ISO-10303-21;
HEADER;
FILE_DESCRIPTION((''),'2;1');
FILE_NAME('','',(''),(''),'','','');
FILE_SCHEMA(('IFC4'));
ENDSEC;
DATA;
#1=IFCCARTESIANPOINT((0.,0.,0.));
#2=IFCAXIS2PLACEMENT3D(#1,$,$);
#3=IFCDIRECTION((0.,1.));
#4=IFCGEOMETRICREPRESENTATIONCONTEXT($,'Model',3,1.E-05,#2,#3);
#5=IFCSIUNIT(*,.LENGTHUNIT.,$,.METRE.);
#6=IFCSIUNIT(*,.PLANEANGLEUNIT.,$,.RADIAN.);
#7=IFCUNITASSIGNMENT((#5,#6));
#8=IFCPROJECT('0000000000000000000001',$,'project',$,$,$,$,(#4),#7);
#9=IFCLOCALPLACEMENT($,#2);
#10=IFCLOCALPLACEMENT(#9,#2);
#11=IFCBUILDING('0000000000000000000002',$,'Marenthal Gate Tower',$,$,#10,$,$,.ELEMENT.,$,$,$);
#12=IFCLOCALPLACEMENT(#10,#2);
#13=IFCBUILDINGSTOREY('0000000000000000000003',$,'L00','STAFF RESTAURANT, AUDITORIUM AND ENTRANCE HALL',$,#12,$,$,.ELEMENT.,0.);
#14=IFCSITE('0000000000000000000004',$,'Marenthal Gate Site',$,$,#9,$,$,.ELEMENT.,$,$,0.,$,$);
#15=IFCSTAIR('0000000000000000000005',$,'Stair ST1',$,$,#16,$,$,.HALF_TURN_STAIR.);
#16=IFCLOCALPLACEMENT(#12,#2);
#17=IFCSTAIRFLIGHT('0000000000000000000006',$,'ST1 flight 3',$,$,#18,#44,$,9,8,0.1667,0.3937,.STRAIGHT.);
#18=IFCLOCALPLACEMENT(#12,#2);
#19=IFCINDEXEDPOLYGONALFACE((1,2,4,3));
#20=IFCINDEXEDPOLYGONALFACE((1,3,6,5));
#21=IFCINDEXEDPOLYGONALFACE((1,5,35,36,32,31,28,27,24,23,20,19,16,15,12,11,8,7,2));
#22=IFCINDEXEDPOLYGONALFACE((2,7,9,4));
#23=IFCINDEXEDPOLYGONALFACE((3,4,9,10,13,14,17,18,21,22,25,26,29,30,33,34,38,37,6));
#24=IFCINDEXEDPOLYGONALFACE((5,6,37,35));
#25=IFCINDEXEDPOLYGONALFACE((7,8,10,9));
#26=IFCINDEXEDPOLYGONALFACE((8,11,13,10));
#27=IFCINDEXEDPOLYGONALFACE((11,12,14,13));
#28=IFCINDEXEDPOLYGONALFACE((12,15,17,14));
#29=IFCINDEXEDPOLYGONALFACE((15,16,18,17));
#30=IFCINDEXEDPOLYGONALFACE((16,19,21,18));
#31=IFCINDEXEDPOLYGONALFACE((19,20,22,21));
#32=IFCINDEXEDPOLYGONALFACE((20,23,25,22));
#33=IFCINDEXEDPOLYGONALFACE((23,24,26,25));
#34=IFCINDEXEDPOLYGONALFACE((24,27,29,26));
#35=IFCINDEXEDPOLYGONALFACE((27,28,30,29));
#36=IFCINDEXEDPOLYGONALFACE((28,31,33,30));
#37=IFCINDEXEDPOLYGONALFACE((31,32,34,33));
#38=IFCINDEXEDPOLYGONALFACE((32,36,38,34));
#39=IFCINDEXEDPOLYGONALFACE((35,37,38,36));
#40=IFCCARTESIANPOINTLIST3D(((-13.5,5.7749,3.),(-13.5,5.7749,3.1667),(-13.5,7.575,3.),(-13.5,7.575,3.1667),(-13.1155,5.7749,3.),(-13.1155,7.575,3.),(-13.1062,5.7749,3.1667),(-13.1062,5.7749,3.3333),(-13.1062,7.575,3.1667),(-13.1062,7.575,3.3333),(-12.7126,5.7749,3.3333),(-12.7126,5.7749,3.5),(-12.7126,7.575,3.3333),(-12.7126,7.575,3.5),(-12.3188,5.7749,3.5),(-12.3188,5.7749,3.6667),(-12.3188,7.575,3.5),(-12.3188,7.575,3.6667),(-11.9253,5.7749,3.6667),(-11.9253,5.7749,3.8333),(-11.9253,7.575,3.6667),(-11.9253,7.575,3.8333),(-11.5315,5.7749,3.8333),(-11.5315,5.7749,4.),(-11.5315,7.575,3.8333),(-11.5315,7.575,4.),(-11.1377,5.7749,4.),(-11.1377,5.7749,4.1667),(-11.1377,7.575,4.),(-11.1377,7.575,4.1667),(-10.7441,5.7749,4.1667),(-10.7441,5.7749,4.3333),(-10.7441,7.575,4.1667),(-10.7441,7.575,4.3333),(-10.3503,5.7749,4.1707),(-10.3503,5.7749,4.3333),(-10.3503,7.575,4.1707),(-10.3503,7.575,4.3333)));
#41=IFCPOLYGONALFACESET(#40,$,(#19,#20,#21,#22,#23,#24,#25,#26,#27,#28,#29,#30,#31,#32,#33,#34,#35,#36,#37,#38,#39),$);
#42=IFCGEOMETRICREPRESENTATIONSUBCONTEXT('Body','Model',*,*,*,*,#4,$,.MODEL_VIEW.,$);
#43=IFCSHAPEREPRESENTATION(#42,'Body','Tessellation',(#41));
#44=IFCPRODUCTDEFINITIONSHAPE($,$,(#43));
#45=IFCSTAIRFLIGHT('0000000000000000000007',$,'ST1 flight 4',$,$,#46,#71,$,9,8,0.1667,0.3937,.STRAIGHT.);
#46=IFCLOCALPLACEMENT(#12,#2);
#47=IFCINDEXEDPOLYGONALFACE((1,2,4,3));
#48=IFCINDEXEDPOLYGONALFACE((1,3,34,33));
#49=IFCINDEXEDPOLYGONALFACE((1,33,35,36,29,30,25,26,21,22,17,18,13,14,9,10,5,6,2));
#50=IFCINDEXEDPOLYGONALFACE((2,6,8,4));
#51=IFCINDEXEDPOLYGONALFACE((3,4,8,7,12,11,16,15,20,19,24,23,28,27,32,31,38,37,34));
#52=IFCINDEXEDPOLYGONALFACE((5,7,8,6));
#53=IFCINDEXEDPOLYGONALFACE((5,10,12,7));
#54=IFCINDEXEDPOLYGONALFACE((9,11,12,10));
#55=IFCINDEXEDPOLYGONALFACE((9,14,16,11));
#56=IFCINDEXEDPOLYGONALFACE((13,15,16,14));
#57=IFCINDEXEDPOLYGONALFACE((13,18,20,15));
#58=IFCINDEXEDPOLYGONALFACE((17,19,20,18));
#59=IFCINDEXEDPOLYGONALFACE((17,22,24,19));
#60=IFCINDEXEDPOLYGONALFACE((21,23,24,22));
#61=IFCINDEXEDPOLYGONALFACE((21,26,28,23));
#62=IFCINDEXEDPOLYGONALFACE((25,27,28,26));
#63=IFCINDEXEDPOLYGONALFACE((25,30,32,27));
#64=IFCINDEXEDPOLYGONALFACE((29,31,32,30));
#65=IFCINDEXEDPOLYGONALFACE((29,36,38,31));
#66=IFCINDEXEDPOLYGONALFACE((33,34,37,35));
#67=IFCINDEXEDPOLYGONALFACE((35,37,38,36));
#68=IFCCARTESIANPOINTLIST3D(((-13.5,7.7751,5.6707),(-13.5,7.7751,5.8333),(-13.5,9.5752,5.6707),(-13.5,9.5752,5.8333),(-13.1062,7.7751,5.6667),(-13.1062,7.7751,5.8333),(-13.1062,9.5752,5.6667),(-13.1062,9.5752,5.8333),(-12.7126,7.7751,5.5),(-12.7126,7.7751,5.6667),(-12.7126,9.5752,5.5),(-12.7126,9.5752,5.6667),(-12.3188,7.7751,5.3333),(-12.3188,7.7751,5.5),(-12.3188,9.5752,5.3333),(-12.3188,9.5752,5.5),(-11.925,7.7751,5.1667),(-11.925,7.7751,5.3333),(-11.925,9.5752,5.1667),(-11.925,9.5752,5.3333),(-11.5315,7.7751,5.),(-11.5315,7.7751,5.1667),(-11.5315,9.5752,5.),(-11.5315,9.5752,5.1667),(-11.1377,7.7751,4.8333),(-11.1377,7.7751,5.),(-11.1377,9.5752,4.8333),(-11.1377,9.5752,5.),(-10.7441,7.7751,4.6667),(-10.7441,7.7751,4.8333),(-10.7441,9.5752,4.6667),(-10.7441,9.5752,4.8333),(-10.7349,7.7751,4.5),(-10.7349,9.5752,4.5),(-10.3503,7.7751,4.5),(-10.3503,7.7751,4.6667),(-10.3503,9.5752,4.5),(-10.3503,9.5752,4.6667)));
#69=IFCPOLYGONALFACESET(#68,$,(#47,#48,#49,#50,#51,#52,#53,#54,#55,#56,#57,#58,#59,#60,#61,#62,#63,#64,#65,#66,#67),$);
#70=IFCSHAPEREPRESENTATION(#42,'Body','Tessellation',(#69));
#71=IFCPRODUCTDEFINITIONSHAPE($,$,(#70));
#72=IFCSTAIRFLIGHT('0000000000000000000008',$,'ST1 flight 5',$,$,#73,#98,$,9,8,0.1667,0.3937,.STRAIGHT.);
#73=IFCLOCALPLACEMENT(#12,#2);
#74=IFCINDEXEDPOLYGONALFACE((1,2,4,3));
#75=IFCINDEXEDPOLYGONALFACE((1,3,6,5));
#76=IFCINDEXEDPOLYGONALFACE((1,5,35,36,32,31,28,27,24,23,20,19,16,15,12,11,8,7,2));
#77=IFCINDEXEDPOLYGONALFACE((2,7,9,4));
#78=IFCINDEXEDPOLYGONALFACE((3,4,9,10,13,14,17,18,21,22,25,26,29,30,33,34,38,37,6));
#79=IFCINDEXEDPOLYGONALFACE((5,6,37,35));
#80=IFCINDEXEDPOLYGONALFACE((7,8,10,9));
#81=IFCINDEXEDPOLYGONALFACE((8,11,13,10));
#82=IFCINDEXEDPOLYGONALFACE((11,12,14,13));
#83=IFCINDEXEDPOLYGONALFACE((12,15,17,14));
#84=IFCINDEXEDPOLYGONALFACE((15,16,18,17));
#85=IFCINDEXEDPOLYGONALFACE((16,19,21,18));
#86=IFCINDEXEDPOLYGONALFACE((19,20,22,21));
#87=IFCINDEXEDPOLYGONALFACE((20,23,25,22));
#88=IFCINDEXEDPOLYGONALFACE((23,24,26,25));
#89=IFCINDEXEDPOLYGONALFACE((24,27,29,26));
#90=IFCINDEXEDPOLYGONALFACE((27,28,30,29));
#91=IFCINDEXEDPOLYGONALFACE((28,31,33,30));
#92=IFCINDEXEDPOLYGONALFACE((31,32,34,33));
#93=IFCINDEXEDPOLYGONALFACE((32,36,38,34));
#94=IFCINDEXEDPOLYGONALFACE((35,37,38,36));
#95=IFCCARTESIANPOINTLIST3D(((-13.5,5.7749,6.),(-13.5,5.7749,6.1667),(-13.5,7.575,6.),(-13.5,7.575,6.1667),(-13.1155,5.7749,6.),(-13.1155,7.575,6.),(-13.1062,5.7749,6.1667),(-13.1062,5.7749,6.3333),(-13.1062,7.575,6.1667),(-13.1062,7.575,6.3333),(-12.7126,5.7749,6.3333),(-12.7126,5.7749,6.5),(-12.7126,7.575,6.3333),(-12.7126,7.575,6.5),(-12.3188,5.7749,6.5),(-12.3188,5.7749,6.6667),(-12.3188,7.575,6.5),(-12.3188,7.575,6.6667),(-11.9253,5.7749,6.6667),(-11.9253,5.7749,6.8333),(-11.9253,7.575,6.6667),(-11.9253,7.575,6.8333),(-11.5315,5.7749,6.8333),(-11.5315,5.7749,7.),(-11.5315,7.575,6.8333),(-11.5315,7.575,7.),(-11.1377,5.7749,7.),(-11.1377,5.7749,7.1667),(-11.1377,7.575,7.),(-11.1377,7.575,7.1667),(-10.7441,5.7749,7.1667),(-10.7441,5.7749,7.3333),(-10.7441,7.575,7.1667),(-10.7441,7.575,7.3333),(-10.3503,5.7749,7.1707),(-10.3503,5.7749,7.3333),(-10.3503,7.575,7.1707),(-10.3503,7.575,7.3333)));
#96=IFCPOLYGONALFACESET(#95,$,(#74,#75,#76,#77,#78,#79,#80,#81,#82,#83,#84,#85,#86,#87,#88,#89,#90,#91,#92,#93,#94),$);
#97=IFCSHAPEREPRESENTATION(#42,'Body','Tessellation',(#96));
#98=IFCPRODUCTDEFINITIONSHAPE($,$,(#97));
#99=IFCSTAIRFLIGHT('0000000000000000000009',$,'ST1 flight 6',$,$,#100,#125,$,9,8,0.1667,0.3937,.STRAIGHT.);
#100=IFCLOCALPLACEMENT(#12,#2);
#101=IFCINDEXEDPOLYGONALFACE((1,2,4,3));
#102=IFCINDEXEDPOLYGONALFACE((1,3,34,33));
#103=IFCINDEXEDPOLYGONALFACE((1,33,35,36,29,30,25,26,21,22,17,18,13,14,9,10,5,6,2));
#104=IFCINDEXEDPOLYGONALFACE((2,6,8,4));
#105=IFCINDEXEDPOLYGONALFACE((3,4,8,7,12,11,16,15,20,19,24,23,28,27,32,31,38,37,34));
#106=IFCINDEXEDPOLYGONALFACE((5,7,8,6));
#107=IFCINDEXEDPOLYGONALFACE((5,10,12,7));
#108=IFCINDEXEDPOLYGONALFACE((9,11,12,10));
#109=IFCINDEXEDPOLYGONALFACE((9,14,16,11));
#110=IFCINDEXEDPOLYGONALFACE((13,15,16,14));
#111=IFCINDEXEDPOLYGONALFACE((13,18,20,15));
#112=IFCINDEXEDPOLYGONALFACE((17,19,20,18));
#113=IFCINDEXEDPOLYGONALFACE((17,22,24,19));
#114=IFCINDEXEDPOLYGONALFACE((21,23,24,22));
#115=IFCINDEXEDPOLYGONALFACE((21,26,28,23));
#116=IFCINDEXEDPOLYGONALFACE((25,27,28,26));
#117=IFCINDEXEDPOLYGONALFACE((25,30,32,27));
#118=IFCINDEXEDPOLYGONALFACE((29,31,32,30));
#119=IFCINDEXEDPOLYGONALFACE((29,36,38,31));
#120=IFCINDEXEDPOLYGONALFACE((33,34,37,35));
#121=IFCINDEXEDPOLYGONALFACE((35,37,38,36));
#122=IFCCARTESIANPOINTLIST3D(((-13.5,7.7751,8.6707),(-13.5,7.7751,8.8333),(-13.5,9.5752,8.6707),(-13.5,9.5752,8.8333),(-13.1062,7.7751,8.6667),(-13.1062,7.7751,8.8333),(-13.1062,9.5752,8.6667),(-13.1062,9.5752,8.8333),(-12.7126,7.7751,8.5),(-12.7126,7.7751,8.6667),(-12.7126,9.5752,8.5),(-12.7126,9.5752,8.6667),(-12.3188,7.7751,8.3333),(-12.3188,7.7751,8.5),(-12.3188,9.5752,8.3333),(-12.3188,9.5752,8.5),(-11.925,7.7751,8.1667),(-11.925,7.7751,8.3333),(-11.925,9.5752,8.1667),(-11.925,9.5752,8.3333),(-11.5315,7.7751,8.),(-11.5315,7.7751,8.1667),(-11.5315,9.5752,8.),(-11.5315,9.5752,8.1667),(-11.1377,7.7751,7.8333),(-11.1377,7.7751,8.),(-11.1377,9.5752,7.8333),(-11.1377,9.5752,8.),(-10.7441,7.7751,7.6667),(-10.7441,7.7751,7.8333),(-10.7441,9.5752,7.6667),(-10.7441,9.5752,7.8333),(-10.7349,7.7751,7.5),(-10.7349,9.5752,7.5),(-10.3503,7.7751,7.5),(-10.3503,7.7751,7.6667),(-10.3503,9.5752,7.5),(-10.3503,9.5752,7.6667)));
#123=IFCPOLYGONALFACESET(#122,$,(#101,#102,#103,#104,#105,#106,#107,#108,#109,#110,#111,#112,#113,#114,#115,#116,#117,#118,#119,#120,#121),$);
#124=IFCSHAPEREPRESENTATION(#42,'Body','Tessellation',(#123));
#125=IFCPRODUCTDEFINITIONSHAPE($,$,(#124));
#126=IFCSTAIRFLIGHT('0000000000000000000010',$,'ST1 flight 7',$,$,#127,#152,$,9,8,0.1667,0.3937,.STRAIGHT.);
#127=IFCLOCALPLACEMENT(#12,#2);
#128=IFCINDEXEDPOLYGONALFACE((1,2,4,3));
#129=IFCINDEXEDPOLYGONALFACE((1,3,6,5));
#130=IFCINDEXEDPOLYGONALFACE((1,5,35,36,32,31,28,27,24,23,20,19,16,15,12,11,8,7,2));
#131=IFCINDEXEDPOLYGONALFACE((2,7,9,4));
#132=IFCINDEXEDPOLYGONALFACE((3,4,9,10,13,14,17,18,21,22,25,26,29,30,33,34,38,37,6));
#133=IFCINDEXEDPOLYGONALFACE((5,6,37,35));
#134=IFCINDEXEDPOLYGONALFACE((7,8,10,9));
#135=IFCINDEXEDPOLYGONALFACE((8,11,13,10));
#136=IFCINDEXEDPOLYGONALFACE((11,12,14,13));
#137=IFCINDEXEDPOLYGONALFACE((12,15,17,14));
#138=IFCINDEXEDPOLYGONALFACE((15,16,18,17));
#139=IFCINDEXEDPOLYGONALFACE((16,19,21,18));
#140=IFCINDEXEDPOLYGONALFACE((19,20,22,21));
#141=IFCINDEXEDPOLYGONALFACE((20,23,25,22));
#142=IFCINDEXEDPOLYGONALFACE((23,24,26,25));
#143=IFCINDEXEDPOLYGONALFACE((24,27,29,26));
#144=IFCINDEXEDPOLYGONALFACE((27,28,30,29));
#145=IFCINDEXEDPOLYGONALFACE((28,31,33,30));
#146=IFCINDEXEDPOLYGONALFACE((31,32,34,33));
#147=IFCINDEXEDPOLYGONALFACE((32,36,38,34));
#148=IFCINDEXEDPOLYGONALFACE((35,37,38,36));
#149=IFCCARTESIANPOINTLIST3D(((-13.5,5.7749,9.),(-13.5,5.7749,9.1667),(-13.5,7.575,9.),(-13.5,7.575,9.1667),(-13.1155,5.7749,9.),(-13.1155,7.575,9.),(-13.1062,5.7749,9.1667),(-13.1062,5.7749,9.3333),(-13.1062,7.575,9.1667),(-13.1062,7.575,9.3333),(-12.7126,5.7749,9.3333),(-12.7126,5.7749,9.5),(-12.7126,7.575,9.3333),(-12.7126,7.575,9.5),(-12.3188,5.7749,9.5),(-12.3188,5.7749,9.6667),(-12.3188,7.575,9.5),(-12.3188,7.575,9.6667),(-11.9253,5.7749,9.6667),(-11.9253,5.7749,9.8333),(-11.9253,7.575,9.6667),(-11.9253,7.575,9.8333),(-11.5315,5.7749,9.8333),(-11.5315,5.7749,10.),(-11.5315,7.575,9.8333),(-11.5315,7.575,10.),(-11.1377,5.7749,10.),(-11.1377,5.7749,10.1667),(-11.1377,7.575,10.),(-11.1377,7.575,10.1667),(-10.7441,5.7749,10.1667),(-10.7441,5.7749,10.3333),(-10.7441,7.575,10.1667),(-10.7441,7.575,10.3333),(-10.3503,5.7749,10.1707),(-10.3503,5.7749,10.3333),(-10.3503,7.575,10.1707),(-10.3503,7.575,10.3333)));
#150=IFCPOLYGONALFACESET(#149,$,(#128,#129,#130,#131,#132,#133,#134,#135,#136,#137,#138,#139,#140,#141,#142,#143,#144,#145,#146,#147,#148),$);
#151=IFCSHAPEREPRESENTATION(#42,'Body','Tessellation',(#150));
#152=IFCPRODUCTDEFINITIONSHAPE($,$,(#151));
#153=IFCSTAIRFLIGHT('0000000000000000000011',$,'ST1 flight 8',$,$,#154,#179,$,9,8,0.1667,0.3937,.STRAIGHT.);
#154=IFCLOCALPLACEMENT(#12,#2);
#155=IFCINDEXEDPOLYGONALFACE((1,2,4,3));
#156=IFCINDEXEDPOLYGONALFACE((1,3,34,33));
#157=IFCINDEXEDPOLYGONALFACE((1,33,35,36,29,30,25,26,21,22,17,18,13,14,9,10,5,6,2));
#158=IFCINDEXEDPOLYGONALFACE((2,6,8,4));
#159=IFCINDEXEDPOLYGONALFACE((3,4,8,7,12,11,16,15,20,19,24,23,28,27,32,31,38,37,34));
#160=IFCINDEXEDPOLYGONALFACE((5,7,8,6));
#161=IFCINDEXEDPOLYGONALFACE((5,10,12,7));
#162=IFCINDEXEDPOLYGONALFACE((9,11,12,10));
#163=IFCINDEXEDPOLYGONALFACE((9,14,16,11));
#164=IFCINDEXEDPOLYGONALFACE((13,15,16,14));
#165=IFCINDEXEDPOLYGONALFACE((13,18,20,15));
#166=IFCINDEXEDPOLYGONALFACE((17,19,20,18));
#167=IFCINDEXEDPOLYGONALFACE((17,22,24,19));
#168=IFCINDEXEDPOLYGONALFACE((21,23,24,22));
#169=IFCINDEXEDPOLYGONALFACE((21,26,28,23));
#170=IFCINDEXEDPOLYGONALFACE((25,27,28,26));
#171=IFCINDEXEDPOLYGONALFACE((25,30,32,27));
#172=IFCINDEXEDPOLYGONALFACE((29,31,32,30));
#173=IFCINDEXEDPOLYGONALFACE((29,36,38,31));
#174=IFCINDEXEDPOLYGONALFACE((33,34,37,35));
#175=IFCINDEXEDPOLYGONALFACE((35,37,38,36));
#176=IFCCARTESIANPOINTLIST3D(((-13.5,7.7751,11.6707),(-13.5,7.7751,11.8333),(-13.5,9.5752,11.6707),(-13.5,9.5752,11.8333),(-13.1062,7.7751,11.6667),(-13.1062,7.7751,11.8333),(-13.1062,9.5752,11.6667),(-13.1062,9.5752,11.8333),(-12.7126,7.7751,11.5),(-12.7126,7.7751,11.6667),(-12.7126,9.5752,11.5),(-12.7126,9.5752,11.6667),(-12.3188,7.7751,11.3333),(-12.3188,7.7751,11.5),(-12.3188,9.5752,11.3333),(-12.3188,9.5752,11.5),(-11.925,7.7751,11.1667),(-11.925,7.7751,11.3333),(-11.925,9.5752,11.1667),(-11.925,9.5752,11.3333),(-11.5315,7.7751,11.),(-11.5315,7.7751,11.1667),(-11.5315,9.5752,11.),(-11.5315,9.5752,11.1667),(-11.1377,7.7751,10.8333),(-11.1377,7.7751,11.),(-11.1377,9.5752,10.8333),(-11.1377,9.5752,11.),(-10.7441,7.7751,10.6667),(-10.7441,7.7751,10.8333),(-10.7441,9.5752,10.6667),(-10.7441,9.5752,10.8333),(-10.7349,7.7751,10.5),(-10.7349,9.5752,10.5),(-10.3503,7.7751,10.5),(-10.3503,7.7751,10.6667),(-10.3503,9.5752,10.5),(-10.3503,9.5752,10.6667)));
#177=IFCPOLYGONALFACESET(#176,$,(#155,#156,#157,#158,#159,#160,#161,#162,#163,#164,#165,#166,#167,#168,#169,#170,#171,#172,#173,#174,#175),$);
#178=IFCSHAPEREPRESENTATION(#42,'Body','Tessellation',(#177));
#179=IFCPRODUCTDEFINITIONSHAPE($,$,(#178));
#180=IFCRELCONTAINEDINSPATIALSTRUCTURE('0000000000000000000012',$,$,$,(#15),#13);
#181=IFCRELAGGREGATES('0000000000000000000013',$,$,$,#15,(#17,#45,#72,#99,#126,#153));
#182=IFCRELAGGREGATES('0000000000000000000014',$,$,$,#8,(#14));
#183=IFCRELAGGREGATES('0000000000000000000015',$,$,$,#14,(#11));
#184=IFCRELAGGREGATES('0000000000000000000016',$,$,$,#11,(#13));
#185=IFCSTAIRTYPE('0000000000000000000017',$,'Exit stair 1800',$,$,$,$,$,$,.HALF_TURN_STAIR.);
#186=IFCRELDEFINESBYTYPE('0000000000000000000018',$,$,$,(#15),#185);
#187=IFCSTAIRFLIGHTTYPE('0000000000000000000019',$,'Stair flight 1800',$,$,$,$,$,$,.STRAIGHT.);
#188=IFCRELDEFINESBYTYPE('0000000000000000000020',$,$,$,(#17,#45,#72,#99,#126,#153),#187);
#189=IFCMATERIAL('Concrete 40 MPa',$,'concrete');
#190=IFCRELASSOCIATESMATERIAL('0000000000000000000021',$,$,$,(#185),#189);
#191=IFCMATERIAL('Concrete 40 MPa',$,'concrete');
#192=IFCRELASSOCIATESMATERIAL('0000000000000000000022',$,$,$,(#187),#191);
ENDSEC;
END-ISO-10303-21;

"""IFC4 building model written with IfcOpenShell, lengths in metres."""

from ifc_helpers import new_model, si_unit, direction, frame, origin, place, context, subcontext, project, spatial, polyline, outline, extrude, material, type_object, element, aggregate, save


model = new_model("IFC4")

# Units and contexts
model_context = context("Model", 3, precision=1e-05, world=origin(), true_north=direction((0.0, 1.0)))
body_context = subcontext(model_context, "Body", "Model", "MODEL_VIEW")
ifc_project = project(units=[si_unit("LENGTHUNIT", "METRE"), si_unit("PLANEANGLEUNIT", "RADIAN")], contexts=[model_context])

# Site, building, storey
site_placement = place(None, origin())
site = spatial("IfcSite", under=ifc_project, at=site_placement, Name="Marenthal Gate Site", CompositionType="ELEMENT", RefElevation=0.0)
building_placement = place(site_placement, origin())
building = spatial("IfcBuilding", under=site, at=building_placement, Name="Marenthal Gate Tower", CompositionType="ELEMENT")
storey_placement = place(building_placement, origin())
storey = spatial("IfcBuildingStorey", under=building, at=storey_placement, Name="L00", Description="STAFF RESTAURANT, AUDITORIUM AND ENTRANCE HALL", CompositionType="ELEMENT", Elevation=0.0)

# Stair, stair flights
ifc_material_1 = material(Name="Concrete 40 MPa", Category="concrete")
stair_type = type_object("IfcStairType", Name="Exit stair 1800", PredefinedType="HALF_TURN_STAIR", material=ifc_material_1)
stair_placement = place(storey_placement, origin())
stair = element("IfcStair", 1, at=stair_placement, inside=storey, type_object=stair_type, Name="Stair ST1", PredefinedType="HALF_TURN_STAIR")
ifc_material_2 = material(Name="Concrete 40 MPa", Category="concrete")
stair_flight_type = type_object("IfcStairFlightType", Name="Stair flight 1800", PredefinedType="STRAIGHT", material=ifc_material_2)
stair_flight_1_placement = place(storey_placement, frame((-13.5, 6.675, 3.0), z_axis=(0.0, 0.0, 1.0), x_axis=(1.0, 0.0, 0.0)))
stair_flight_1 = element("IfcStairFlight", 2, at=stair_flight_1_placement, type_object=stair_flight_type, Name="ST1 flight 3", NumberOfRisers=9, NumberOfTreads=8, PredefinedType="STRAIGHT", RiserHeight=0.1667, TreadLength=0.3937, context=body_context, shape_type="SweptSolid", body=[
    extrude(outline(polyline([(0.0, 0.0), (0.0, 0.1667), (0.3938, 0.1667), (0.3938, 0.3333), (0.7874, 0.3333), (0.7874, 0.5), (1.1812, 0.5), (1.1812, 0.6667), (1.5747, 0.6667), (1.5747, 0.8333), (1.9685, 0.8333), (1.9685, 1.0), (2.3623, 1.0), (2.3623, 1.1667), (2.7559, 1.1667), (2.7559, 1.3333), (3.1497, 1.3333), (3.1497, 1.5), (3.1497, 1.1707), (0.3845, 0.0), (0.0, 0.0)])), frame((0.0, 0.8999, 0.0), z_axis=(0.0, -1.0, 0.0), x_axis=(1.0, 0.0, 0.0)), (0.0, 0.0, 1.0), 1.8),
])
stair_flight_2_placement = place(storey_placement, frame((-10.3503, 8.675, 4.5), z_axis=(0.0, 0.0, 1.0), x_axis=(-1.0, 0.0, 0.0)))
stair_flight_2 = element("IfcStairFlight", 3, at=stair_flight_2_placement, type_object=stair_flight_type, Name="ST1 flight 4", NumberOfRisers=9, NumberOfTreads=8, PredefinedType="STRAIGHT", RiserHeight=0.1667, TreadLength=0.3937, context=body_context, shape_type="SweptSolid", body=[
    extrude(outline(polyline([(0.0, 0.0), (0.0, 0.1667), (0.3938, 0.1667), (0.3938, 0.3333), (0.7874, 0.3333), (0.7874, 0.5), (1.1812, 0.5), (1.1812, 0.6667), (1.5747, 0.6667), (1.5747, 0.8333), (1.9685, 0.8333), (1.9685, 1.0), (2.3623, 1.0), (2.3623, 1.1667), (2.7559, 1.1667), (2.7559, 1.3333), (3.1497, 1.3333), (3.1497, 1.5), (3.1497, 1.1707), (0.3845, 0.0), (0.0, 0.0)])), frame((0.0, 0.8999, 0.0), z_axis=(0.0, -1.0, 0.0), x_axis=(1.0, 0.0, 0.0)), (0.0, 0.0, 1.0), 1.8),
])
stair_flight_3_placement = place(storey_placement, frame((-13.5, 6.675, 6.0), z_axis=(0.0, 0.0, 1.0), x_axis=(1.0, 0.0, 0.0)))
stair_flight_3 = element("IfcStairFlight", 4, at=stair_flight_3_placement, type_object=stair_flight_type, Name="ST1 flight 5", NumberOfRisers=9, NumberOfTreads=8, PredefinedType="STRAIGHT", RiserHeight=0.1667, TreadLength=0.3937, context=body_context, shape_type="SweptSolid", body=[
    extrude(outline(polyline([(0.0, 0.0), (0.0, 0.1667), (0.3938, 0.1667), (0.3938, 0.3333), (0.7874, 0.3333), (0.7874, 0.5), (1.1812, 0.5), (1.1812, 0.6667), (1.5747, 0.6667), (1.5747, 0.8333), (1.9685, 0.8333), (1.9685, 1.0), (2.3623, 1.0), (2.3623, 1.1667), (2.7559, 1.1667), (2.7559, 1.3333), (3.1497, 1.3333), (3.1497, 1.5), (3.1497, 1.1707), (0.3845, 0.0), (0.0, 0.0)])), frame((0.0, 0.8999, 0.0), z_axis=(0.0, -1.0, 0.0), x_axis=(1.0, 0.0, 0.0)), (0.0, 0.0, 1.0), 1.8),
])
stair_flight_4_placement = place(storey_placement, frame((-10.3503, 8.675, 7.5), z_axis=(0.0, 0.0, 1.0), x_axis=(-1.0, 0.0, 0.0)))
stair_flight_4 = element("IfcStairFlight", 5, at=stair_flight_4_placement, type_object=stair_flight_type, Name="ST1 flight 6", NumberOfRisers=9, NumberOfTreads=8, PredefinedType="STRAIGHT", RiserHeight=0.1667, TreadLength=0.3937, context=body_context, shape_type="SweptSolid", body=[
    extrude(outline(polyline([(0.0, 0.0), (0.0, 0.1667), (0.3938, 0.1667), (0.3938, 0.3333), (0.7874, 0.3333), (0.7874, 0.5), (1.1812, 0.5), (1.1812, 0.6667), (1.5747, 0.6667), (1.5747, 0.8333), (1.9685, 0.8333), (1.9685, 1.0), (2.3623, 1.0), (2.3623, 1.1667), (2.7559, 1.1667), (2.7559, 1.3333), (3.1497, 1.3333), (3.1497, 1.5), (3.1497, 1.1707), (0.3845, 0.0), (0.0, 0.0)])), frame((0.0, 0.8999, 0.0), z_axis=(0.0, -1.0, 0.0), x_axis=(1.0, 0.0, 0.0)), (0.0, 0.0, 1.0), 1.8),
])
stair_flight_5_placement = place(storey_placement, frame((-13.5, 6.675, 9.0), z_axis=(0.0, 0.0, 1.0), x_axis=(1.0, 0.0, 0.0)))
stair_flight_5 = element("IfcStairFlight", 6, at=stair_flight_5_placement, type_object=stair_flight_type, Name="ST1 flight 7", NumberOfRisers=9, NumberOfTreads=8, PredefinedType="STRAIGHT", RiserHeight=0.1667, TreadLength=0.3937, context=body_context, shape_type="SweptSolid", body=[
    extrude(outline(polyline([(0.0, 0.0), (0.0, 0.1667), (0.3938, 0.1667), (0.3938, 0.3333), (0.7874, 0.3333), (0.7874, 0.5), (1.1812, 0.5), (1.1812, 0.6667), (1.5747, 0.6667), (1.5747, 0.8333), (1.9685, 0.8333), (1.9685, 1.0), (2.3623, 1.0), (2.3623, 1.1667), (2.7559, 1.1667), (2.7559, 1.3333), (3.1497, 1.3333), (3.1497, 1.5), (3.1497, 1.1707), (0.3845, 0.0), (0.0, 0.0)])), frame((0.0, 0.8999, 0.0), z_axis=(0.0, -1.0, 0.0), x_axis=(1.0, 0.0, 0.0)), (0.0, 0.0, 1.0), 1.8),
])
stair_flight_6_placement = place(storey_placement, frame((-10.3503, 8.675, 10.5), z_axis=(0.0, 0.0, 1.0), x_axis=(-1.0, 0.0, 0.0)))
stair_flight_6 = element("IfcStairFlight", 7, at=stair_flight_6_placement, type_object=stair_flight_type, Name="ST1 flight 8", NumberOfRisers=9, NumberOfTreads=8, PredefinedType="STRAIGHT", RiserHeight=0.1667, TreadLength=0.3937, context=body_context, shape_type="SweptSolid", body=[
    extrude(outline(polyline([(0.0, 0.0), (0.0, 0.1667), (0.3938, 0.1667), (0.3938, 0.3333), (0.7874, 0.3333), (0.7874, 0.5), (1.1812, 0.5), (1.1812, 0.6667), (1.5747, 0.6667), (1.5747, 0.8333), (1.9685, 0.8333), (1.9685, 1.0), (2.3623, 1.0), (2.3623, 1.1667), (2.7559, 1.1667), (2.7559, 1.3333), (3.1497, 1.3333), (3.1497, 1.5), (3.1497, 1.1707), (0.3845, 0.0), (0.0, 0.0)])), frame((0.0, 0.8999, 0.0), z_axis=(0.0, -1.0, 0.0), x_axis=(1.0, 0.0, 0.0)), (0.0, 0.0, 1.0), 1.8),
])
aggregate(stair, [stair_flight_1, stair_flight_2, stair_flight_3, stair_flight_4, stair_flight_5, stair_flight_6])

save(model, "model.ifc")
